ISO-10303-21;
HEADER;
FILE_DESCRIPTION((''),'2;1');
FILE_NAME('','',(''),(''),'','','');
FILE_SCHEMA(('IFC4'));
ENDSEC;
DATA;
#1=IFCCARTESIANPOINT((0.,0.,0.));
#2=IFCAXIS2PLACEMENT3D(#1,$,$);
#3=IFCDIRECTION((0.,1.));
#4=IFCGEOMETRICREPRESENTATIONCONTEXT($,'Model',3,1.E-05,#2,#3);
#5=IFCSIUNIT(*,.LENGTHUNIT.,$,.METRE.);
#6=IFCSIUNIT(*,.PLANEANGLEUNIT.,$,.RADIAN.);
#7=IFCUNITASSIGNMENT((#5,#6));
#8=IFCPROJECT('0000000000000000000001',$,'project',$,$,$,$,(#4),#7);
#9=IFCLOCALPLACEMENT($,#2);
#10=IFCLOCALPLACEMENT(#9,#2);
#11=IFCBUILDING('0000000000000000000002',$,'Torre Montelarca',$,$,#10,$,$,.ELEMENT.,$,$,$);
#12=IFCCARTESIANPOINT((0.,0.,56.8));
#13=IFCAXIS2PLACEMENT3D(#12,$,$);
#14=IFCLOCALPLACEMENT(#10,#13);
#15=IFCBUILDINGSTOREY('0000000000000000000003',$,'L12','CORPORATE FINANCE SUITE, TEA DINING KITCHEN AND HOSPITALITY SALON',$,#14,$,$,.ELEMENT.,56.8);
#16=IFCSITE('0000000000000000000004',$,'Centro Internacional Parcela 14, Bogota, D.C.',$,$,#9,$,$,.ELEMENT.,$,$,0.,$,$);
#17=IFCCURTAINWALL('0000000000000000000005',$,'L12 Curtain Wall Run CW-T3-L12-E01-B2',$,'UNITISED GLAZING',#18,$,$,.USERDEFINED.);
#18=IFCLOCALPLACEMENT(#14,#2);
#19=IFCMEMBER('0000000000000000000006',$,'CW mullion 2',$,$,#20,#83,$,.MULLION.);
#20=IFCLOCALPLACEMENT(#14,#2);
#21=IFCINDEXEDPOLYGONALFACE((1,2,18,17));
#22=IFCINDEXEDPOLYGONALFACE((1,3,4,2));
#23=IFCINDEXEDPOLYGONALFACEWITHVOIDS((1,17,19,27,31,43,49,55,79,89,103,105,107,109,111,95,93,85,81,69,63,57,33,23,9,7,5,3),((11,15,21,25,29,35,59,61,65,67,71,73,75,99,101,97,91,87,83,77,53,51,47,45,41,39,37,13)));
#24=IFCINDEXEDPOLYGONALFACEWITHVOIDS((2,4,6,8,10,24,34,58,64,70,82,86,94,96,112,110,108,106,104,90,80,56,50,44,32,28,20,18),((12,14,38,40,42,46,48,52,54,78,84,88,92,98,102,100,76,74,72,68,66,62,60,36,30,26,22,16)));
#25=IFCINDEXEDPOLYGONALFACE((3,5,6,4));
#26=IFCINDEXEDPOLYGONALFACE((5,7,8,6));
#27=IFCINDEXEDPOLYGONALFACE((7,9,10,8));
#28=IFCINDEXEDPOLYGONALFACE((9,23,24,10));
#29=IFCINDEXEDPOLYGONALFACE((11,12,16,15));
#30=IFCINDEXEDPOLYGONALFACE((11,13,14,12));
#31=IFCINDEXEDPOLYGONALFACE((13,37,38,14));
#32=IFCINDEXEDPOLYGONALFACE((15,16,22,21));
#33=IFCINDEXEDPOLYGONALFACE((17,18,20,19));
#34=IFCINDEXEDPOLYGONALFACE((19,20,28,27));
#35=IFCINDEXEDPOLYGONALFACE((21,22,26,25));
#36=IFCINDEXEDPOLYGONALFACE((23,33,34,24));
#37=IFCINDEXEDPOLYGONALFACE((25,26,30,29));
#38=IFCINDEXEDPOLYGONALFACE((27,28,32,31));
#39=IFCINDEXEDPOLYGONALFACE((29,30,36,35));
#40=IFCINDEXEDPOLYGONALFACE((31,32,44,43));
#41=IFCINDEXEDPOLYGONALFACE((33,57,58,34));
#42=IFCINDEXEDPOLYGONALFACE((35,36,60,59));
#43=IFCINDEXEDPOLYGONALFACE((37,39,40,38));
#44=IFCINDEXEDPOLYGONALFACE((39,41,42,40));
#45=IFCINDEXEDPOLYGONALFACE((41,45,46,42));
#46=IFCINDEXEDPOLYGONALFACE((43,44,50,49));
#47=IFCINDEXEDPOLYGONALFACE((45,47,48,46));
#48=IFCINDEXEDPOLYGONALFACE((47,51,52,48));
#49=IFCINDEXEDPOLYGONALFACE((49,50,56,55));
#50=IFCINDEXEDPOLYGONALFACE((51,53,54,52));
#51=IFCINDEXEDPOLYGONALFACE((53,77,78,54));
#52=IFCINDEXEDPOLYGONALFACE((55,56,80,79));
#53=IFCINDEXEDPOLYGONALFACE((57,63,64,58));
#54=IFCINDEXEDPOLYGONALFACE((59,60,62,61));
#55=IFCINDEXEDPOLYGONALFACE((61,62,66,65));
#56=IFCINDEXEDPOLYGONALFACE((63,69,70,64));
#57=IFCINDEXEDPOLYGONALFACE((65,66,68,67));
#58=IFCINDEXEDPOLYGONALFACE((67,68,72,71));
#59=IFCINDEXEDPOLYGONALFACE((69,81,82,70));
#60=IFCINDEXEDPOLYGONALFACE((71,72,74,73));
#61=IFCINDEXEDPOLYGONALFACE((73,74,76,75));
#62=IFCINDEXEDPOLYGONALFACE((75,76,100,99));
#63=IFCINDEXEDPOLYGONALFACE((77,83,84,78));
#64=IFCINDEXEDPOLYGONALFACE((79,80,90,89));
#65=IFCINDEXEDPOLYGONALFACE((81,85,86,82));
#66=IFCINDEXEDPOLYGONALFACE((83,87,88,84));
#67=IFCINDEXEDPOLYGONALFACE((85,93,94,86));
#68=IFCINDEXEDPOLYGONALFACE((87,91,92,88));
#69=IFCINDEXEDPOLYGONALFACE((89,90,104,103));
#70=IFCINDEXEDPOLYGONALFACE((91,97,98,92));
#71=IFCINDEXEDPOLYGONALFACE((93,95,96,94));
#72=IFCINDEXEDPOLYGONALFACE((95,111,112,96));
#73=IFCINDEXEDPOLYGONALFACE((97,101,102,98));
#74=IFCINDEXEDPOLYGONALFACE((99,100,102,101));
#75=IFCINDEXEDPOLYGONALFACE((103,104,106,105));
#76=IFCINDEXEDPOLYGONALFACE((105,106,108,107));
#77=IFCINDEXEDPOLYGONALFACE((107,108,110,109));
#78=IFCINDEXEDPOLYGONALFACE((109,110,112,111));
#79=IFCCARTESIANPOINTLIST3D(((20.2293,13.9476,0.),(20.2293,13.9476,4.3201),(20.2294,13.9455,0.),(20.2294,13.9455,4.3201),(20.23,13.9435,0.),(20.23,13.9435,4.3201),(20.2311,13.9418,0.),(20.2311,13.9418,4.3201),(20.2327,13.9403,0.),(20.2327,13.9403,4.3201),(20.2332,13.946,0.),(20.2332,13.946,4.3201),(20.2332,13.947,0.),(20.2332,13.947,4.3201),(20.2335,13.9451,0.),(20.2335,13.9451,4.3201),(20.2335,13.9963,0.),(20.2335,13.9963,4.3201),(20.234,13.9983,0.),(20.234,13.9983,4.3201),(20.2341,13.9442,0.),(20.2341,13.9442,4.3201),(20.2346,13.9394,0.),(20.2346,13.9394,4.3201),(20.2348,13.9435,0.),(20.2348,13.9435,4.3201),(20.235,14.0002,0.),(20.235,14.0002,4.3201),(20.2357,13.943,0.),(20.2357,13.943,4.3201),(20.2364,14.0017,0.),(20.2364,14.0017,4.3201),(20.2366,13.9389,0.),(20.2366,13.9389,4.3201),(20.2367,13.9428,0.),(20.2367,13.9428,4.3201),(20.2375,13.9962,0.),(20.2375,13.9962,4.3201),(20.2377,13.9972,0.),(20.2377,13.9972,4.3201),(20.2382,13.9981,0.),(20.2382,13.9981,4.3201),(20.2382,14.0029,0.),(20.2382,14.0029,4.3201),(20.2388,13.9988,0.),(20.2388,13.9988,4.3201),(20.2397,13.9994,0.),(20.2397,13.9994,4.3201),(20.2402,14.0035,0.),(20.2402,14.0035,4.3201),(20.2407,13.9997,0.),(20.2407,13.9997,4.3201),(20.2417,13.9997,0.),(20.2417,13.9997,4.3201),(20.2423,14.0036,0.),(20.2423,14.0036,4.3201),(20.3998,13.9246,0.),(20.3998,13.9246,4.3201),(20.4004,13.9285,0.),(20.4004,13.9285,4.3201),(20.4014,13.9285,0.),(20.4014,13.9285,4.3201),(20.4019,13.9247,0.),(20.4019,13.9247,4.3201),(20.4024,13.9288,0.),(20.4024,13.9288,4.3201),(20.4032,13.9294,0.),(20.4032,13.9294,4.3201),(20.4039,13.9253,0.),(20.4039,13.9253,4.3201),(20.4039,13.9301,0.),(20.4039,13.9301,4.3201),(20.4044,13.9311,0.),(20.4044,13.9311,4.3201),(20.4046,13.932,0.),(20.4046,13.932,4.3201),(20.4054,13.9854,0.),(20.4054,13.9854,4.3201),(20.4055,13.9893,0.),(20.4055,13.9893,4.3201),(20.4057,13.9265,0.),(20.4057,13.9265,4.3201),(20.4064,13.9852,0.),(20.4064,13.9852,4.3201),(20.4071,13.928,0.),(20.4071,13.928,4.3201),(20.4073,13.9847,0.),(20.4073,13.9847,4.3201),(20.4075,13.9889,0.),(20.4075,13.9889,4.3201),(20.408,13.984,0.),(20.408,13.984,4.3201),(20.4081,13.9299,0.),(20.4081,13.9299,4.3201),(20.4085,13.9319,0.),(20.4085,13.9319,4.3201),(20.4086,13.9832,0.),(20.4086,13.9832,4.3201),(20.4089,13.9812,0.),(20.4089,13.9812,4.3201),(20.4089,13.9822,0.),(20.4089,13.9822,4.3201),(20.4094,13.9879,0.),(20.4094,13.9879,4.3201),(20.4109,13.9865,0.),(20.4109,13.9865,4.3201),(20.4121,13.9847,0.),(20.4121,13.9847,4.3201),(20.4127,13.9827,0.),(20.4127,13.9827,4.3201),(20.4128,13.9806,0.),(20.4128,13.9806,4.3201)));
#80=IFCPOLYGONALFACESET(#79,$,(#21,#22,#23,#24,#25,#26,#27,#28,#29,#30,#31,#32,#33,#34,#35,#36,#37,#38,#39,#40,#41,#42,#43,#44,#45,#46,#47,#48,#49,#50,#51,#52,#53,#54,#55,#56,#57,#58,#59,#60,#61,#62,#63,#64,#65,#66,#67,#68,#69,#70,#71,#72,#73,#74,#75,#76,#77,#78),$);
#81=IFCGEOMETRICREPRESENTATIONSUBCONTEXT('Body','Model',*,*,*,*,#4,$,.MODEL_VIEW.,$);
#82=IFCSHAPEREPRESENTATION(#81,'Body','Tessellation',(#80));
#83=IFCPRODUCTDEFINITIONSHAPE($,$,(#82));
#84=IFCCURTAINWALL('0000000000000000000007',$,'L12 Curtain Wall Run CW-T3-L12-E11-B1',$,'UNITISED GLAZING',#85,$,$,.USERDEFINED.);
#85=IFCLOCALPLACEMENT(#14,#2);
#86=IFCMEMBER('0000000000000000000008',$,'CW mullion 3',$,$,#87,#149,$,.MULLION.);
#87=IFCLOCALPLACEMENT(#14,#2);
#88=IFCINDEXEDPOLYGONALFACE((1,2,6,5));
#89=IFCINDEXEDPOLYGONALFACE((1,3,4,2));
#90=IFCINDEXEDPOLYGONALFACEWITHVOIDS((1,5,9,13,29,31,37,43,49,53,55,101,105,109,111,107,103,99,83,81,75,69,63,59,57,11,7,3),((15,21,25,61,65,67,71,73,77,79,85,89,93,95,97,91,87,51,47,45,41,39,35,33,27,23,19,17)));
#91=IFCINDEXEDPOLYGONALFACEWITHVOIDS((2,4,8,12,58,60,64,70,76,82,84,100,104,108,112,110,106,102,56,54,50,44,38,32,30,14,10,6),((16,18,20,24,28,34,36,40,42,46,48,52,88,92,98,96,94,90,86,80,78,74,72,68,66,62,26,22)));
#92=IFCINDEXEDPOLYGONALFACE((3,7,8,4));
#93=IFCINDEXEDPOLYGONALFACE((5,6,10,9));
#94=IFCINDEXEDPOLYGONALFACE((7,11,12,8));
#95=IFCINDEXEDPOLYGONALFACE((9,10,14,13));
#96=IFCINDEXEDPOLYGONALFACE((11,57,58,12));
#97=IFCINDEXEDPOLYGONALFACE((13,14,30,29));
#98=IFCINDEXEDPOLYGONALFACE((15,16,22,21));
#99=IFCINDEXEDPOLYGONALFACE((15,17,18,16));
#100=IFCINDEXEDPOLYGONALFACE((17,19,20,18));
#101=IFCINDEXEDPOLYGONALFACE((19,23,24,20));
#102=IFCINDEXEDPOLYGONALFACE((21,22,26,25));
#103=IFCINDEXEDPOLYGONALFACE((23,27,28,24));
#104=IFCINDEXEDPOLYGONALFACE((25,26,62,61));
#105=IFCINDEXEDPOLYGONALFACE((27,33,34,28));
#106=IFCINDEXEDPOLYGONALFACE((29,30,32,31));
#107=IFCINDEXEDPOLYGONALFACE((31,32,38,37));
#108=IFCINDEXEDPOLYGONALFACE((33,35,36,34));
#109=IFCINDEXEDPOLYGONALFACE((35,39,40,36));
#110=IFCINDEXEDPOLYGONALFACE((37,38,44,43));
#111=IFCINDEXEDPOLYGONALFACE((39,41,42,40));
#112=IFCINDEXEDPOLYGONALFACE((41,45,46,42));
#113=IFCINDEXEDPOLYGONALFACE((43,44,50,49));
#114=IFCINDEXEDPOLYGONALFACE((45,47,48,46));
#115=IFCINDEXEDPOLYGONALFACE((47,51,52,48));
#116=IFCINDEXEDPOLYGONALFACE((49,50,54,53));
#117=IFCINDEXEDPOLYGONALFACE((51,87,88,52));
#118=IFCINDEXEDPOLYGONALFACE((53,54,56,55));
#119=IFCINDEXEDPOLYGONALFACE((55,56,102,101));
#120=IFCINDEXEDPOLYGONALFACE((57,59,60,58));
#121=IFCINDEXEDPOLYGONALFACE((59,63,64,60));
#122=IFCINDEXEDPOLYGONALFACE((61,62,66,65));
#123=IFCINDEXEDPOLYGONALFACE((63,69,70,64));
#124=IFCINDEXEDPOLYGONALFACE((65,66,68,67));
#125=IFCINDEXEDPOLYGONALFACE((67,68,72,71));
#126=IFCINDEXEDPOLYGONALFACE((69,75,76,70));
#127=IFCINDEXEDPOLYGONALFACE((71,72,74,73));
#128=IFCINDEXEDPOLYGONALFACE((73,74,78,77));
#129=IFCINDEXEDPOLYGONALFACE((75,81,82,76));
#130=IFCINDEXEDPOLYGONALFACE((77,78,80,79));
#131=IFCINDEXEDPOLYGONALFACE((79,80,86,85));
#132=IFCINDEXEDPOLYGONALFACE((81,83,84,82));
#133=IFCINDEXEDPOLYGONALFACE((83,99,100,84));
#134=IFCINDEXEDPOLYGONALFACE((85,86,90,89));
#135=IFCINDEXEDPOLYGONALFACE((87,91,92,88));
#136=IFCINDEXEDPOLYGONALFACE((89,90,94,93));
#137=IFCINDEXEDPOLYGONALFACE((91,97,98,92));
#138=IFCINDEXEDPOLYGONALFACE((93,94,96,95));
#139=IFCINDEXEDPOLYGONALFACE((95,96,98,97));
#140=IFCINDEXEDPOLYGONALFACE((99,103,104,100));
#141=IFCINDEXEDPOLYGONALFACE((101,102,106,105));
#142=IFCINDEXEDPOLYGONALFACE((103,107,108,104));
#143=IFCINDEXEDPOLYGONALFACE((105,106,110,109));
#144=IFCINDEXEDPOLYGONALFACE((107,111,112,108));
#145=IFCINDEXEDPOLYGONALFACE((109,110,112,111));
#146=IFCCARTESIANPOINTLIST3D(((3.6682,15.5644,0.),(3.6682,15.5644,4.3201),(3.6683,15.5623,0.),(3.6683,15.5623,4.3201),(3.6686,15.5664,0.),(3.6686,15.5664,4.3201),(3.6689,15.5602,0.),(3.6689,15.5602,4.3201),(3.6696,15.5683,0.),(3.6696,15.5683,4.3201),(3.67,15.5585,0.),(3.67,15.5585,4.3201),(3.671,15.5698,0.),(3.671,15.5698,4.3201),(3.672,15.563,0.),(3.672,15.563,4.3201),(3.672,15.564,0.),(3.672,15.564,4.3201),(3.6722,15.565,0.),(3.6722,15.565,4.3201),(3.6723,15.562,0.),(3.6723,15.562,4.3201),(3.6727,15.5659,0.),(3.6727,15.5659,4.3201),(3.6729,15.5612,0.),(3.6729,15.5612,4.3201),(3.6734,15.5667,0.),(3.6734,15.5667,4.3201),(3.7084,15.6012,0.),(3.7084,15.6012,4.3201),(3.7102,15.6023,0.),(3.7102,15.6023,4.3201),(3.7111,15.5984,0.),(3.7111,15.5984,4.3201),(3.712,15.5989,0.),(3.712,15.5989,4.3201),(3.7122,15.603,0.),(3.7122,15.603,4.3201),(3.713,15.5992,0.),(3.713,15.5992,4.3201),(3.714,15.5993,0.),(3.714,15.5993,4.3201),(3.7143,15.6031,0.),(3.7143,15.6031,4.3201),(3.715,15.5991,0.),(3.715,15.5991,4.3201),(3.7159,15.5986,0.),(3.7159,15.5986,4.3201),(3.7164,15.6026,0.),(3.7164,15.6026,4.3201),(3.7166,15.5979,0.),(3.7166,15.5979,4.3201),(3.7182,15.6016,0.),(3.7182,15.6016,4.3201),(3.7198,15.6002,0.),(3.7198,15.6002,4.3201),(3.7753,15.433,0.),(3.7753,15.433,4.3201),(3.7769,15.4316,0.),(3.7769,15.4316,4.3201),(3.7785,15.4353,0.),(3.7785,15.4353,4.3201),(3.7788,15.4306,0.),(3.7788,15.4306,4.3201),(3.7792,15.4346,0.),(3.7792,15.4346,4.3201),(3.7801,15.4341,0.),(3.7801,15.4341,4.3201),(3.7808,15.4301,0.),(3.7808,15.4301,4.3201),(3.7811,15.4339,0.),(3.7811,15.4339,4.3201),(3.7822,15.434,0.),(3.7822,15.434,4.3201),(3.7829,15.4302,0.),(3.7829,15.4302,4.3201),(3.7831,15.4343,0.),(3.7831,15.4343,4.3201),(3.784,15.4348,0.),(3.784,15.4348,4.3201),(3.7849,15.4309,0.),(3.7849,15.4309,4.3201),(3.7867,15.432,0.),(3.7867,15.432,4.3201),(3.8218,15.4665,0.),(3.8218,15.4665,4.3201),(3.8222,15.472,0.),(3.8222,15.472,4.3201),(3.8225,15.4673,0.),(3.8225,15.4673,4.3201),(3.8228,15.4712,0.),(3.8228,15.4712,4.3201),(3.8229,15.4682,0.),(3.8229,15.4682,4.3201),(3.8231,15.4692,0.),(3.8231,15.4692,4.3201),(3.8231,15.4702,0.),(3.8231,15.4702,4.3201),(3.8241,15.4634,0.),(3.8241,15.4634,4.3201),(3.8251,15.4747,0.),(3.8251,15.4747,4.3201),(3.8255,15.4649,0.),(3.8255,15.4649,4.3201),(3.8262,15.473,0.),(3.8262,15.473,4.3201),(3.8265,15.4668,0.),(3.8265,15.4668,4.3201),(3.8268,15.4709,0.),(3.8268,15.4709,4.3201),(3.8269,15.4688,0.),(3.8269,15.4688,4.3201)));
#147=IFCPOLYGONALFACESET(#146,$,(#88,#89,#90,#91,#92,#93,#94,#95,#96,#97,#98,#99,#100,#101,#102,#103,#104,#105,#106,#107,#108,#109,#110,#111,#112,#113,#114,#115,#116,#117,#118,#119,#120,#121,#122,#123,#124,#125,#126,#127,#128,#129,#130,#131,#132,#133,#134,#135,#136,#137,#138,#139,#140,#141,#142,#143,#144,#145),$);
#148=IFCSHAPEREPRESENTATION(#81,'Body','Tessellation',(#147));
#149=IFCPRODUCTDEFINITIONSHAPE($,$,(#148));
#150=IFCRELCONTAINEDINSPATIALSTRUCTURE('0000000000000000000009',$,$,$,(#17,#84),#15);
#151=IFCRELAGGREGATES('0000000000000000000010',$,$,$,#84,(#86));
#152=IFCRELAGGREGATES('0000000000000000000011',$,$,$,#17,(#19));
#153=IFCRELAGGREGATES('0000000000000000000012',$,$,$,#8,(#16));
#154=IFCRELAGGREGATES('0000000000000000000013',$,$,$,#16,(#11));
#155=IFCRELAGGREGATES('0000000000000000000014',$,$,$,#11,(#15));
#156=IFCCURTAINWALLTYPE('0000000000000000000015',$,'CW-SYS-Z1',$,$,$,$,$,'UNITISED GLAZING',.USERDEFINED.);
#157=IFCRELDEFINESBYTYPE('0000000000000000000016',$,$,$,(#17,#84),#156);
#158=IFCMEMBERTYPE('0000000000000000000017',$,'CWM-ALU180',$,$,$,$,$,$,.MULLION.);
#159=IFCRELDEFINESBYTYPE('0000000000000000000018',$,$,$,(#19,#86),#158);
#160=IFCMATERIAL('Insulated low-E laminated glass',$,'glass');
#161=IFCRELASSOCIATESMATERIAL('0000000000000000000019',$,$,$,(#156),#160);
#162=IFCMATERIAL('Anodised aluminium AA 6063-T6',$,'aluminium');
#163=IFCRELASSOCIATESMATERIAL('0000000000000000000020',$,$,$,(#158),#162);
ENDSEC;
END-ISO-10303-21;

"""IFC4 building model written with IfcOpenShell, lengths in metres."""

from ifc_helpers import new_model, si_unit, direction, frame, origin, origin_2d, place, context, subcontext, project, spatial, hollow_rectangle, extrude, source, transform, mapped, material, material_profile, profile_set, type_object, element, aggregate, save


model = new_model("IFC4")

# Units and contexts
model_context = context("Model", 3, precision=1e-05, world=origin(), true_north=direction((0.0, 1.0)))
body_context = subcontext(model_context, "Body", "Model", "MODEL_VIEW")
ifc_project = project(units=[si_unit("LENGTHUNIT", "METRE"), si_unit("PLANEANGLEUNIT", "RADIAN")], contexts=[model_context])

# Site, building, storey
site_placement = place(None, origin())
site = spatial("IfcSite", under=ifc_project, at=site_placement, Name="Centro Internacional Parcela 14, Bogota, D.C.", CompositionType="ELEMENT", RefElevation=0.0)
building_placement = place(site_placement, origin())
building = spatial("IfcBuilding", under=site, at=building_placement, Name="Torre Montelarca", CompositionType="ELEMENT")
storey_placement = place(building_placement, frame((0.0, 0.0, 56.8)))
storey = spatial("IfcBuildingStorey", under=building, at=storey_placement, Name="L12", Description="CORPORATE FINANCE SUITE, TEA DINING KITCHEN AND HOSPITALITY SALON", CompositionType="ELEMENT", Elevation=56.8)

# Curtain walls, members
ifc_material_1 = material(Name="Insulated low-E laminated glass", Category="glass")
curtain_wall_type = type_object("IfcCurtainWallType", Name="CW-SYS-Z1", ElementType="UNITISED GLAZING", PredefinedType="USERDEFINED", material=ifc_material_1)
ifc_material_2 = material(Name="Anodised aluminium AA 6063-T6", Category="aluminium")
ifc_material_profile_1 = material_profile(ifc_material_2, hollow_rectangle(XDim=0.0649, YDim=0.1799, WallThickness=0.0039, InnerFilletRadius=0.0039, OuterFilletRadius=0.0081, at=origin_2d()), Name="ALU65X180X4", Category="aluminium")
ifc_profile_set_1 = profile_set([ifc_material_profile_1], Name="Anodised aluminium AA 6063-T6")
member_type_1 = type_object("IfcMemberType", Name="CWM-ALU180", PredefinedType="MULLION", material=ifc_profile_set_1)
shared_shape_1 = source(origin(), body_context, "Body", "SweptSolid", [
    extrude(hollow_rectangle(XDim=0.0649, YDim=0.1799, WallThickness=0.0039, InnerFilletRadius=0.0039, OuterFilletRadius=0.0081, at=origin_2d()), origin(), (0.0, 0.0, 1.0), 4.3201),
])
curtain_wall_1_placement = place(storey_placement, origin())
curtain_wall_1 = element("IfcCurtainWall", 1, at=curtain_wall_1_placement, inside=storey, type_object=curtain_wall_type, Name="L12 Curtain Wall Run CW-T3-L12-E01-B2", ObjectType="UNITISED GLAZING", PredefinedType="USERDEFINED")
member_1_placement = place(storey_placement, frame((20.321, 13.9641, 0.0), z_axis=(0.0, 0.0, 1.0), x_axis=(0.08716, 0.996194, 0.0)))
member_1 = element("IfcMember", 2, at=member_1_placement, type_object=member_type_1, Name="CW mullion 2", PredefinedType="MULLION", context=body_context, shape_type="MappedRepresentation", body=[
    mapped(shared_shape_1, transform((0.0, 0.0, 0.0), scale=1.0)),
])
curtain_wall_2_placement = place(storey_placement, origin())
curtain_wall_2 = element("IfcCurtainWall", 3, at=curtain_wall_2_placement, inside=storey, type_object=curtain_wall_type, Name="L12 Curtain Wall Run CW-T3-L12-E11-B1", ObjectType="UNITISED GLAZING", PredefinedType="USERDEFINED")
member_2_placement = place(storey_placement, frame((3.7476, 15.5166, 0.0), z_axis=(0.0, 0.0, 1.0), x_axis=(0.766043, 0.64279, 0.0)))
member_2 = element("IfcMember", 4, at=member_2_placement, type_object=member_type_1, Name="CW mullion 3", PredefinedType="MULLION", context=body_context, shape_type="MappedRepresentation", body=[
    mapped(shared_shape_1, transform((0.0, 0.0, 0.0), scale=1.0)),
])

aggregate(curtain_wall_2, [member_2])
aggregate(curtain_wall_1, [member_1])

save(model, "model.ifc")
